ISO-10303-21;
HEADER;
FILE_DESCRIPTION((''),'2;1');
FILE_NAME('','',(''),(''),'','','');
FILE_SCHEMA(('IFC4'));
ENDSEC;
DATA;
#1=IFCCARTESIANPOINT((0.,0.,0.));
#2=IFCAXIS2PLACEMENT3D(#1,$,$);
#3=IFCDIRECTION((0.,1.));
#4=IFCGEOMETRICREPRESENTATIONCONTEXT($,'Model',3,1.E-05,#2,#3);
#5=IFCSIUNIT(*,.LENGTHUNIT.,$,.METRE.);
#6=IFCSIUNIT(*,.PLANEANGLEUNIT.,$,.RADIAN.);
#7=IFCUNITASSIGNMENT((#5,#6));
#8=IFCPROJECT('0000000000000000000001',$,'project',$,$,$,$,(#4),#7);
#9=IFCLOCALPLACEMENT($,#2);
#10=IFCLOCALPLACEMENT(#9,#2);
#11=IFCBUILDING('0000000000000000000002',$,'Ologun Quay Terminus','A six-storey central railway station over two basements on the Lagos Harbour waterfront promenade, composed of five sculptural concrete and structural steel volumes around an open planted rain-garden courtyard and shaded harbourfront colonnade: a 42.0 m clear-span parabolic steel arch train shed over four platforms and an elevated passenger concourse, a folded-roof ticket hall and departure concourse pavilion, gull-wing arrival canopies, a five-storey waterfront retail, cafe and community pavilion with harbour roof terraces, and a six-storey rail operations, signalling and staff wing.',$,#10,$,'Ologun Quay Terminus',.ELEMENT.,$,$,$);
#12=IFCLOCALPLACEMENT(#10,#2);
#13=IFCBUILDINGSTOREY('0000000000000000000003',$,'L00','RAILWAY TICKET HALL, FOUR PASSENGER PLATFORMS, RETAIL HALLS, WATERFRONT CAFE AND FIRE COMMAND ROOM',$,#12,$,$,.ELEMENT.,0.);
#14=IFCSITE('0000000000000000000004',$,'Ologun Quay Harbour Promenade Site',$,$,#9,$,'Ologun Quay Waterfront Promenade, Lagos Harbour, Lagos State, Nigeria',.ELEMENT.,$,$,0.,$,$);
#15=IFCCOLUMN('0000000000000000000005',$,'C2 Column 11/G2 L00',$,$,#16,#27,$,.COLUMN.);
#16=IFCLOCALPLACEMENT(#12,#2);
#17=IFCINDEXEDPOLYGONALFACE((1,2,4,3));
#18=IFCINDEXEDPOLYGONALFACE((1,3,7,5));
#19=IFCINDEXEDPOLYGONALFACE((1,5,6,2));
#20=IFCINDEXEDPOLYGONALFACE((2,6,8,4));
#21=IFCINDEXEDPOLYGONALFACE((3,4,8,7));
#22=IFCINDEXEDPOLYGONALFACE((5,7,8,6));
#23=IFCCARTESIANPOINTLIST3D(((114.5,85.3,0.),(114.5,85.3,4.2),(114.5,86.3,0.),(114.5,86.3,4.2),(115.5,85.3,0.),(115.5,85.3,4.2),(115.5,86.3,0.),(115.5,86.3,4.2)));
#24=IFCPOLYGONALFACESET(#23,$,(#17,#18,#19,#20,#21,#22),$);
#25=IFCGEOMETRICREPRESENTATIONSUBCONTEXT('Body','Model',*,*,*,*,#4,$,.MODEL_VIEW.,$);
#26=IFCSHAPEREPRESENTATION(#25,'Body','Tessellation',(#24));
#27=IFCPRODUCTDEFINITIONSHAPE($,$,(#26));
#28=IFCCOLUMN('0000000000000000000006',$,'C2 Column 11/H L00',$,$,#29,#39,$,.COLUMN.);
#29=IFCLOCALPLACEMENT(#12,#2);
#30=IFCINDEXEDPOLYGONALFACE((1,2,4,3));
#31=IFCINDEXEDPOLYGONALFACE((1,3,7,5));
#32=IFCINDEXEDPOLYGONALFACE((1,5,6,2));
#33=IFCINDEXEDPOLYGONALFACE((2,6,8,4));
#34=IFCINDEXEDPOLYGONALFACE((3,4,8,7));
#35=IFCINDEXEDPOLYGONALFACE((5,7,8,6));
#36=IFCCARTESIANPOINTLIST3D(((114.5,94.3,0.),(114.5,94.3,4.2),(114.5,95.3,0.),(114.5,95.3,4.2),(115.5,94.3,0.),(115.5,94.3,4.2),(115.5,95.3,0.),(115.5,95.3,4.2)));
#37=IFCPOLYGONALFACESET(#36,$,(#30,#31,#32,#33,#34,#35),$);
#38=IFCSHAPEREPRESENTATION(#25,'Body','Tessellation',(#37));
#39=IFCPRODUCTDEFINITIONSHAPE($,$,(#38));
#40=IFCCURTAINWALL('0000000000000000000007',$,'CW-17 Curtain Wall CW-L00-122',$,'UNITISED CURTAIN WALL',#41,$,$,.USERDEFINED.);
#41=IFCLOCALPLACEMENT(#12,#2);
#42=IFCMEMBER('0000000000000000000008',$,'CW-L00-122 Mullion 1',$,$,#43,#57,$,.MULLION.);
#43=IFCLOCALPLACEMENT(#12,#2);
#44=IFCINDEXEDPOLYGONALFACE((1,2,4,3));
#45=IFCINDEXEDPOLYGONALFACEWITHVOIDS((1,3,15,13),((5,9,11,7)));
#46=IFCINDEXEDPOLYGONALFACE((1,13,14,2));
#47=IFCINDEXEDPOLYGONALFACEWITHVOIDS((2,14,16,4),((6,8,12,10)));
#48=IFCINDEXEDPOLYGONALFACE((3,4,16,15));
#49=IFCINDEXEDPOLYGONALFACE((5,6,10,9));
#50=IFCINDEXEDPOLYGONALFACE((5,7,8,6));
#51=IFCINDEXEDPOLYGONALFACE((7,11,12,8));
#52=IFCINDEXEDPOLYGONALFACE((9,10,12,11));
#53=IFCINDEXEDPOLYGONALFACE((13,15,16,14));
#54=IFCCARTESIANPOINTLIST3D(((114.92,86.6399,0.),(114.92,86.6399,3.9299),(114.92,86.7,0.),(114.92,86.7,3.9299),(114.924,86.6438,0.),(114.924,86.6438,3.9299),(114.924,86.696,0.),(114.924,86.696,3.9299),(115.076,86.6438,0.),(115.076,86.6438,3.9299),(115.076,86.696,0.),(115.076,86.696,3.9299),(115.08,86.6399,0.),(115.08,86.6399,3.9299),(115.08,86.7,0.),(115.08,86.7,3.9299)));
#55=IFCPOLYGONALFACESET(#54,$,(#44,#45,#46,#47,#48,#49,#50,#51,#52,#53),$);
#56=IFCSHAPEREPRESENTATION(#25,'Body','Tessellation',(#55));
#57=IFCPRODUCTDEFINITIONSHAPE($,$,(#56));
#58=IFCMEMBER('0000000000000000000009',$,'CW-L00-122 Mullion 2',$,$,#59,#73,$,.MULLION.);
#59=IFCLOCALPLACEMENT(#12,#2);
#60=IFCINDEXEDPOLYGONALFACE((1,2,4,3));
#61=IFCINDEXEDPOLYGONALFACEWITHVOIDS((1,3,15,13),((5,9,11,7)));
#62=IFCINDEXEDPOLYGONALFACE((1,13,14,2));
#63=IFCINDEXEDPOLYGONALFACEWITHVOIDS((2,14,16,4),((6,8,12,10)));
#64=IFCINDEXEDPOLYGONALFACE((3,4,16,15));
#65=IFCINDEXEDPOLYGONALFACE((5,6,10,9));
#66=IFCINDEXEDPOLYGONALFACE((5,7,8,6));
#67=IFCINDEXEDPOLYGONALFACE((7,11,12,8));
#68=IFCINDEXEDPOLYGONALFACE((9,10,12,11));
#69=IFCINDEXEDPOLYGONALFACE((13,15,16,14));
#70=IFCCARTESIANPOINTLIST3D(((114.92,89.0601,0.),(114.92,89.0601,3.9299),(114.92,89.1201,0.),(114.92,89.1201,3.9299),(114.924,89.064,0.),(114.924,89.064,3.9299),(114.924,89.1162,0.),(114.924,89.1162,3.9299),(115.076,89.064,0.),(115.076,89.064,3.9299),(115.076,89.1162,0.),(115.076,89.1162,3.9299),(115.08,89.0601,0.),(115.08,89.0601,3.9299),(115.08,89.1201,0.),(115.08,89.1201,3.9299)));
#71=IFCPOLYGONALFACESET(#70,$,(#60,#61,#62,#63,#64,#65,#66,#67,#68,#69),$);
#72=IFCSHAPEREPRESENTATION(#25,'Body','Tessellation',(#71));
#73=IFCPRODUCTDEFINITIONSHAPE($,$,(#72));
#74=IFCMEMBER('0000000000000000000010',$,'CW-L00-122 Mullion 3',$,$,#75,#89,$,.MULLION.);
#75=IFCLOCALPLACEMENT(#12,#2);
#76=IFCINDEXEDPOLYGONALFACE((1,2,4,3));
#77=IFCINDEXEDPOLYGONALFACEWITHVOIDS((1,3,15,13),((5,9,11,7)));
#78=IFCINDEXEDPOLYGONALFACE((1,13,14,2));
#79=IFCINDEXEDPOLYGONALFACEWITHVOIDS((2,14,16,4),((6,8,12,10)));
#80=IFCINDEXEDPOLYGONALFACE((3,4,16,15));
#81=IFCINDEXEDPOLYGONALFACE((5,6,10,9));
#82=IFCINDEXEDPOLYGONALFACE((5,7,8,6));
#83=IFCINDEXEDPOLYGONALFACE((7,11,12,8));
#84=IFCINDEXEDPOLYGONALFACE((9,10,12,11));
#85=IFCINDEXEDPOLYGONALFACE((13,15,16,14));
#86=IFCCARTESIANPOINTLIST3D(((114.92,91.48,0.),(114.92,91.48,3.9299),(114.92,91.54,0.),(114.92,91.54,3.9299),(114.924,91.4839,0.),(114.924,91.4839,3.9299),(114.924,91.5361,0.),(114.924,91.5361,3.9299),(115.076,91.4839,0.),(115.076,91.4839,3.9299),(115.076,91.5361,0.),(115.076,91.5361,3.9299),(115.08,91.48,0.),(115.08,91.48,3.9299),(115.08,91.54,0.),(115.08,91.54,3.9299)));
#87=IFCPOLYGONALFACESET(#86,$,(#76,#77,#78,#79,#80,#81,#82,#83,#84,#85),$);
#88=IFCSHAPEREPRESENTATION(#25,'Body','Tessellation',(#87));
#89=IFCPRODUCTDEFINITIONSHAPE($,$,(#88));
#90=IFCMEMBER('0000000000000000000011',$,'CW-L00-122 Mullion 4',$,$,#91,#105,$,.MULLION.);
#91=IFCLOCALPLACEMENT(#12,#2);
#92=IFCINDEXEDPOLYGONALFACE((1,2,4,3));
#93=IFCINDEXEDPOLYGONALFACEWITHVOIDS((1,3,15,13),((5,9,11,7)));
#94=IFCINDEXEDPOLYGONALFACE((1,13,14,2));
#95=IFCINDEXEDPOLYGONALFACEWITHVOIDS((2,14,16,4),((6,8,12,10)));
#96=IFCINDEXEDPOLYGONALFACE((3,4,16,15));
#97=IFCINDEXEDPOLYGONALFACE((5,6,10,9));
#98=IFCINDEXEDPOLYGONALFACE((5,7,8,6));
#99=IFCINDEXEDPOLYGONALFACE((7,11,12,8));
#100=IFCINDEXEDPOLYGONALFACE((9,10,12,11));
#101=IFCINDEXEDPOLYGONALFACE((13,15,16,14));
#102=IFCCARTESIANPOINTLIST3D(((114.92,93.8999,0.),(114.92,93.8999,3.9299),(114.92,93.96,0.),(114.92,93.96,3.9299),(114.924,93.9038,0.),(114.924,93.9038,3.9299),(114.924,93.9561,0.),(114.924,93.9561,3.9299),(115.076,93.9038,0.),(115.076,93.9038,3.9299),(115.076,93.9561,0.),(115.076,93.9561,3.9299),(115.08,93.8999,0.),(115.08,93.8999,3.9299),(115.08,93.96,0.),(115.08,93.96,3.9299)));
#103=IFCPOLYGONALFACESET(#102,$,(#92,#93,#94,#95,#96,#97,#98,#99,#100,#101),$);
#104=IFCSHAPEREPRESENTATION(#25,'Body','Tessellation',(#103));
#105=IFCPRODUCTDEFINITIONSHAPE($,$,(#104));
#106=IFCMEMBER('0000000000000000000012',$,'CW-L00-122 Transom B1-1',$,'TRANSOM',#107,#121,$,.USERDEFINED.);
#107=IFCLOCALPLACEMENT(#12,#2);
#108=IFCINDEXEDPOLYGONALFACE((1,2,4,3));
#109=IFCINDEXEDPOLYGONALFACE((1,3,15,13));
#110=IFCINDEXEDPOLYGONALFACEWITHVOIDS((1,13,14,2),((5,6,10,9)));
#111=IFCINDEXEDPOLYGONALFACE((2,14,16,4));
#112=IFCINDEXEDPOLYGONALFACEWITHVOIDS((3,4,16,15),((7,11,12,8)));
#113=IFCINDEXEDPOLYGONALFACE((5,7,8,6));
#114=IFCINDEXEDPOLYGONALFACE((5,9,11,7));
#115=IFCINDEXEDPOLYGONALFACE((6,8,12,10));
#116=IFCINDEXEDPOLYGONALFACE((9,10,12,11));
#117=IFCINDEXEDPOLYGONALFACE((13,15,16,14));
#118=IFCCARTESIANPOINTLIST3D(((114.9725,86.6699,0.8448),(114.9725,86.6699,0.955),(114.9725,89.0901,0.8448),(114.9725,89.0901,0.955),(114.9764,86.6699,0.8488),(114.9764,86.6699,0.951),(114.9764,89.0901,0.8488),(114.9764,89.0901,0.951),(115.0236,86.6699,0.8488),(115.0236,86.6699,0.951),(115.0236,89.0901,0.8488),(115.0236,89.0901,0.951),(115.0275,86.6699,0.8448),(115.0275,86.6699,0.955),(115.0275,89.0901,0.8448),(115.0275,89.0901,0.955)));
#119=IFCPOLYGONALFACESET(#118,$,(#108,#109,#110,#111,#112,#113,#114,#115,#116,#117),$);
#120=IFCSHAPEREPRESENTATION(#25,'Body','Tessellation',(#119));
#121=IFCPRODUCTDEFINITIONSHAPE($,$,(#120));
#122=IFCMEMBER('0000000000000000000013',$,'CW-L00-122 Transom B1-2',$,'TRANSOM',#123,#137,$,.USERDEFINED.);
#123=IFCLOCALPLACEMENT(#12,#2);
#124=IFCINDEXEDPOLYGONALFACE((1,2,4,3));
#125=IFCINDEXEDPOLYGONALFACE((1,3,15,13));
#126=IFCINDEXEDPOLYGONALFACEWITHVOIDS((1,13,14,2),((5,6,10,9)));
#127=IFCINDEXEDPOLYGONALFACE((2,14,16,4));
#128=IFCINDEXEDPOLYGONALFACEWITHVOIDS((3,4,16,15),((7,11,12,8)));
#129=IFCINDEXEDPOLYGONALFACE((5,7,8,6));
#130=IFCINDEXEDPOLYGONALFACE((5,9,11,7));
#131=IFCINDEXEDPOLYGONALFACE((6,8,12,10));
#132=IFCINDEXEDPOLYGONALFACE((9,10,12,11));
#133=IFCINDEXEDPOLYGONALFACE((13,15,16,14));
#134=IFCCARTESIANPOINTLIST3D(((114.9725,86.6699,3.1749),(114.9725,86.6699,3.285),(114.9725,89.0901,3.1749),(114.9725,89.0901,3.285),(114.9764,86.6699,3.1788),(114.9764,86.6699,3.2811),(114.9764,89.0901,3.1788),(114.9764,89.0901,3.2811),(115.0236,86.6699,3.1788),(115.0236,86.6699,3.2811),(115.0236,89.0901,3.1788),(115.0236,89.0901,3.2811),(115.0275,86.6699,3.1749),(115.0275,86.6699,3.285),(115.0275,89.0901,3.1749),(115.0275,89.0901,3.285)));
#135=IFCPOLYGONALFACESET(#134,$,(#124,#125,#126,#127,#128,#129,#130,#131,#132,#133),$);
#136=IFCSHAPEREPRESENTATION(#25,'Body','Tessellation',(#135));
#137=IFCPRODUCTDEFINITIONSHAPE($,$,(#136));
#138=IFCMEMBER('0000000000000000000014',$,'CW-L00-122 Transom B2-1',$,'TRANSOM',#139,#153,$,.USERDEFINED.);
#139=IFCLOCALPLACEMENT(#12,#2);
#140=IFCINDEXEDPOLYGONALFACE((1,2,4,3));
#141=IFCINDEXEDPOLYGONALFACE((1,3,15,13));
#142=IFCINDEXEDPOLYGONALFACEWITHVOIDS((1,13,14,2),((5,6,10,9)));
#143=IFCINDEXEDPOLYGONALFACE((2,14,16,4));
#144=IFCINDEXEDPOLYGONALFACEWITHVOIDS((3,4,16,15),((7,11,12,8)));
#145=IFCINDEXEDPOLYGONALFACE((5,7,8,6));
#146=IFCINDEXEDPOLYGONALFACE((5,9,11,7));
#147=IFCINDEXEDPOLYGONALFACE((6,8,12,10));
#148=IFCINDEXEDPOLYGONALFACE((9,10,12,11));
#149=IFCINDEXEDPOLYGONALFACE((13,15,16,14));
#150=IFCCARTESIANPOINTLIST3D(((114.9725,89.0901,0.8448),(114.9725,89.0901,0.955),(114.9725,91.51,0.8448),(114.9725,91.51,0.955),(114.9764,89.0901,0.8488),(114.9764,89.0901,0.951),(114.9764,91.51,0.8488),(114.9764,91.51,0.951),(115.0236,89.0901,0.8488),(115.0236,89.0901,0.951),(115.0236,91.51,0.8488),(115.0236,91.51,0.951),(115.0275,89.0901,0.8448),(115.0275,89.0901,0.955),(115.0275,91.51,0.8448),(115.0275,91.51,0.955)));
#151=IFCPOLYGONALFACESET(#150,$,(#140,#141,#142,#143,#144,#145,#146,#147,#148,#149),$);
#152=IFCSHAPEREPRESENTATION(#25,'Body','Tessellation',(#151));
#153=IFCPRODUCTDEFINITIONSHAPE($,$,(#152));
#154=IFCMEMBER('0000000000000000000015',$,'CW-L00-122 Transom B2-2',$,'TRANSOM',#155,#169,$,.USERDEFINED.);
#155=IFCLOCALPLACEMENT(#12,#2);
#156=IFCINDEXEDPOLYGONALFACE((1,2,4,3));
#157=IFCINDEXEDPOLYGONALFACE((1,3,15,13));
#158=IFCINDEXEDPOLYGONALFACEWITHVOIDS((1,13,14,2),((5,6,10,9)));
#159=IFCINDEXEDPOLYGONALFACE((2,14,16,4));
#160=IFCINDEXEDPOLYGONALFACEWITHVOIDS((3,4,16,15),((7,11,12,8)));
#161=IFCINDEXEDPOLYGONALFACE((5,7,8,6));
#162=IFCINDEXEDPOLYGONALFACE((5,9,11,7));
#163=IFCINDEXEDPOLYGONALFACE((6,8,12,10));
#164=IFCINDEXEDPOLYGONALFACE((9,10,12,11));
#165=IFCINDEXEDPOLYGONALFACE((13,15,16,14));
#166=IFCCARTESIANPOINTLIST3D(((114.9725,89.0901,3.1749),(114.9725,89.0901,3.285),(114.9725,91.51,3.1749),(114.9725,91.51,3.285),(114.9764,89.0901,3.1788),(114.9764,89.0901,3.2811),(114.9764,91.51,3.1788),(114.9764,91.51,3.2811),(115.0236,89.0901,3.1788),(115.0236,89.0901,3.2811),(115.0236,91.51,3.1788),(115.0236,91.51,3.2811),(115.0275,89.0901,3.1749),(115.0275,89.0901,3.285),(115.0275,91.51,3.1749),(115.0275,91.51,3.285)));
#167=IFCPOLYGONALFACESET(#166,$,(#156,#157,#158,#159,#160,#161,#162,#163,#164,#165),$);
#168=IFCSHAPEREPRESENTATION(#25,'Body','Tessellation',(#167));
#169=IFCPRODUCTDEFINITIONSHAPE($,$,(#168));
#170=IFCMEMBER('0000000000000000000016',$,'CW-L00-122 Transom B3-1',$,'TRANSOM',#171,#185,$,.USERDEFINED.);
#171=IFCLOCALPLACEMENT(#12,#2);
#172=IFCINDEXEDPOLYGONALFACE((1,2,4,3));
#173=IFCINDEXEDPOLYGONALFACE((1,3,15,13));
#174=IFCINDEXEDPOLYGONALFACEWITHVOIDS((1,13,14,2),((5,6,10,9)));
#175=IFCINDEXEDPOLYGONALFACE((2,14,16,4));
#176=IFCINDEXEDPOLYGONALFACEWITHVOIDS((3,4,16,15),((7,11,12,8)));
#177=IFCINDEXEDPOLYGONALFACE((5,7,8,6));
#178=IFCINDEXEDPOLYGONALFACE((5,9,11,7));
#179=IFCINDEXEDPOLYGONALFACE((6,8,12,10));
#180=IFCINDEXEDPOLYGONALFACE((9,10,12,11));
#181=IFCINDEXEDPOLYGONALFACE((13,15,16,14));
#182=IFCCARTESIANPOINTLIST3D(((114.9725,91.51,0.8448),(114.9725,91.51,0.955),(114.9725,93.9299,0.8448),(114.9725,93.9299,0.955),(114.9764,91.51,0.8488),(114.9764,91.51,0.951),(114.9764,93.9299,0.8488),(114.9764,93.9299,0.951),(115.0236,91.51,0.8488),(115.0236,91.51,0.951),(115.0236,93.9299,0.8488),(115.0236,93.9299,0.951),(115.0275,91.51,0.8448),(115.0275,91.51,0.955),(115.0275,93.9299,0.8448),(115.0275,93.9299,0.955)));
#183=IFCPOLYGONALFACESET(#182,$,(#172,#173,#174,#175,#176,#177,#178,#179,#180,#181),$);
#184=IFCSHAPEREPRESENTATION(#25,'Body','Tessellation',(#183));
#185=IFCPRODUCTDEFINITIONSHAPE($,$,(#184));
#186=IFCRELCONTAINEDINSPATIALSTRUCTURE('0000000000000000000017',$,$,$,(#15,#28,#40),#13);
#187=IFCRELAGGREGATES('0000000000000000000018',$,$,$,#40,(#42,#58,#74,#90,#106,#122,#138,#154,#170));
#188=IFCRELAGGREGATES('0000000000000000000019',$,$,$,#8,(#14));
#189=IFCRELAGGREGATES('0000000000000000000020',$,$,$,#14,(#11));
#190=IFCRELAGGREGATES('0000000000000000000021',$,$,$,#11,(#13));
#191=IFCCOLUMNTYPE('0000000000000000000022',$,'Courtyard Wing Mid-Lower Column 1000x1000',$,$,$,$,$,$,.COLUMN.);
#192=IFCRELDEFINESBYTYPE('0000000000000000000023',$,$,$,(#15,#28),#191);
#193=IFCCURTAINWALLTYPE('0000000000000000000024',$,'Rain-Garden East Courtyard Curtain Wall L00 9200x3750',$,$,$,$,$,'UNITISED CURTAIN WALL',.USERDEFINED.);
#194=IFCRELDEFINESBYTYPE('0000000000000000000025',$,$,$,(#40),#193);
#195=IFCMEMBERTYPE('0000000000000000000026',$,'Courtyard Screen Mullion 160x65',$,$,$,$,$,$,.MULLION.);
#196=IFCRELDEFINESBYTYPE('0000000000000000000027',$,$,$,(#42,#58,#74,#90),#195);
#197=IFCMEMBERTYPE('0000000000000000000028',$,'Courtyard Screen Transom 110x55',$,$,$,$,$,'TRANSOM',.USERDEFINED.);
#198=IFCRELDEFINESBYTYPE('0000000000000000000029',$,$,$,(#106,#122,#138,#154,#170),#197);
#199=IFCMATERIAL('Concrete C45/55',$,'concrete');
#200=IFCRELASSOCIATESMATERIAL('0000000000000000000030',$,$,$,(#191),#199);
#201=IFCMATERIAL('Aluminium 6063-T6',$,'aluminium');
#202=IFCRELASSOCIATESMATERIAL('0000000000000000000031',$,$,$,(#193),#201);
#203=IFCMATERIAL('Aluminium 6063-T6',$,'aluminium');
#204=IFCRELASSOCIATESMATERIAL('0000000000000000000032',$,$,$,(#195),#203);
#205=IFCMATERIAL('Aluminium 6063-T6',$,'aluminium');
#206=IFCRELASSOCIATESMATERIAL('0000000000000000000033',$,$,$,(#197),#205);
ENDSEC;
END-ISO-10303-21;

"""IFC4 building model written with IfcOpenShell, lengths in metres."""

from ifc_helpers import new_model, si_unit, direction, frame, origin, origin_2d, place, context, subcontext, project, spatial, rectangle, hollow_rectangle, extrude, material, material_profile, profile_set, type_object, element, aggregate, save


model = new_model("IFC4")

# Units and contexts
model_context = context("Model", 3, precision=1e-05, world=origin(), true_north=direction((0.0, 1.0)))
body_context = subcontext(model_context, "Body", "Model", "MODEL_VIEW")
ifc_project = project(units=[si_unit("LENGTHUNIT", "METRE"), si_unit("PLANEANGLEUNIT", "RADIAN")], contexts=[model_context])

# Site, building, storey
site_placement = place(None, origin())
site = spatial("IfcSite", under=ifc_project, at=site_placement, Name="Ologun Quay Harbour Promenade Site", LongName="Ologun Quay Waterfront Promenade, Lagos Harbour, Lagos State, Nigeria", CompositionType="ELEMENT", RefElevation=0.0)
building_placement = place(site_placement, origin())
building = spatial("IfcBuilding", under=site, at=building_placement, Name="Ologun Quay Terminus", Description="A six-storey central railway station over two basements on the Lagos Harbour waterfront promenade, composed of five sculptural concrete and structural steel volumes around an open planted rain-garden courtyard and shaded harbourfront colonnade: a 42.0 m clear-span parabolic steel arch train shed over four platforms and an elevated passenger concourse, a folded-roof ticket hall and departure concourse pavilion, gull-wing arrival canopies, a five-storey waterfront retail, cafe and community pavilion with harbour roof terraces, and a six-storey rail operations, signalling and staff wing.", LongName="Ologun Quay Terminus", CompositionType="ELEMENT")
storey_placement = place(building_placement, origin())
storey = spatial("IfcBuildingStorey", under=building, at=storey_placement, Name="L00", Description="RAILWAY TICKET HALL, FOUR PASSENGER PLATFORMS, RETAIL HALLS, WATERFRONT CAFE AND FIRE COMMAND ROOM", CompositionType="ELEMENT", Elevation=0.0)

# Columns
ifc_material_1 = material(Name="Concrete C45/55", Category="concrete")
ifc_material_profile_1 = material_profile(ifc_material_1, rectangle(XDim=1.0, YDim=1.0, at=origin_2d()), Name="RC 1000x1000")
ifc_profile_set_1 = profile_set([ifc_material_profile_1], Name="Concrete C45/55")
column_type = type_object("IfcColumnType", Name="Courtyard Wing Mid-Lower Column 1000x1000", PredefinedType="COLUMN", material=ifc_profile_set_1)
for number, where, z_axis, x_axis, name in (
    (1, (115.0, 85.8, 0.0), (0.0, 0.0, 1.0), (1.0, 0.0, 0.0), "C2 Column 11/G2 L00"),
    (2, (115.0, 94.8, 0.0), (0.0, 0.0, 1.0), (1.0, 0.0, 0.0), "C2 Column 11/H L00"),
):
    element("IfcColumn", number, at=place(storey_placement, frame(where, z_axis=z_axis, x_axis=x_axis)), inside=storey, type_object=column_type, Name=name, PredefinedType="COLUMN", context=body_context, shape_type="SweptSolid", body=[
        extrude(rectangle(XDim=1.0, YDim=1.0, at=origin_2d()), origin(), (0.0, 0.0, 1.0), 4.2),
    ])

# Curtain wall, members
ifc_material_2 = material(Name="Aluminium 6063-T6", Category="aluminium")
curtain_wall_type = type_object("IfcCurtainWallType", Name="Rain-Garden East Courtyard Curtain Wall L00 9200x3750", ElementType="UNITISED CURTAIN WALL", PredefinedType="USERDEFINED", material=ifc_material_2)
curtain_wall_placement = place(storey_placement, origin())
curtain_wall = element("IfcCurtainWall", 3, at=curtain_wall_placement, inside=storey, type_object=curtain_wall_type, Name="CW-17 Curtain Wall CW-L00-122", ObjectType="UNITISED CURTAIN WALL", PredefinedType="USERDEFINED")
ifc_material_3 = material(Name="Aluminium 6063-T6", Category="aluminium")
ifc_material_profile_2 = material_profile(ifc_material_3, hollow_rectangle(XDim=0.0601, YDim=0.1599, WallThickness=0.0039, at=origin_2d()), Name="ALU 160x60x4")
ifc_profile_set_2 = profile_set([ifc_material_profile_2], Name="Aluminium 6063-T6")
member_type_1 = type_object("IfcMemberType", Name="Courtyard Screen Mullion 160x65", PredefinedType="MULLION", material=ifc_profile_set_2)
member_1_placement = place(storey_placement, frame((115.0, 86.6699, 0.0), z_axis=(0.0, 0.0, 1.0), x_axis=(0.0, 1.0, 0.0)))
member_1 = element("IfcMember", 4, at=member_1_placement, type_object=member_type_1, Name="CW-L00-122 Mullion 1", PredefinedType="MULLION", context=body_context, shape_type="SweptSolid", body=[
    extrude(hollow_rectangle(XDim=0.0601, YDim=0.1599, WallThickness=0.0039, at=origin_2d()), origin(), (0.0, 0.0, 1.0), 3.9299),
])
member_2_placement = place(storey_placement, frame((115.0, 89.0901, 0.0), z_axis=(0.0, 0.0, 1.0), x_axis=(0.0, 1.0, 0.0)))
member_2 = element("IfcMember", 5, at=member_2_placement, type_object=member_type_1, Name="CW-L00-122 Mullion 2", PredefinedType="MULLION", context=body_context, shape_type="SweptSolid", body=[
    extrude(hollow_rectangle(XDim=0.0601, YDim=0.1599, WallThickness=0.0039, at=origin_2d()), origin(), (0.0, 0.0, 1.0), 3.9299),
])
member_3_placement = place(storey_placement, frame((115.0, 91.51, 0.0), z_axis=(0.0, 0.0, 1.0), x_axis=(0.0, 1.0, 0.0)))
member_3 = element("IfcMember", 6, at=member_3_placement, type_object=member_type_1, Name="CW-L00-122 Mullion 3", PredefinedType="MULLION", context=body_context, shape_type="SweptSolid", body=[
    extrude(hollow_rectangle(XDim=0.0601, YDim=0.1599, WallThickness=0.0039, at=origin_2d()), origin(), (0.0, 0.0, 1.0), 3.9299),
])
member_4_placement = place(storey_placement, frame((115.0, 93.9299, 0.0), z_axis=(0.0, 0.0, 1.0), x_axis=(0.0, 1.0, 0.0)))
member_4 = element("IfcMember", 7, at=member_4_placement, type_object=member_type_1, Name="CW-L00-122 Mullion 4", PredefinedType="MULLION", context=body_context, shape_type="SweptSolid", body=[
    extrude(hollow_rectangle(XDim=0.0601, YDim=0.1599, WallThickness=0.0039, at=origin_2d()), origin(), (0.0, 0.0, 1.0), 3.9299),
])
ifc_material_4 = material(Name="Aluminium 6063-T6", Category="aluminium")
ifc_material_profile_3 = material_profile(ifc_material_4, hollow_rectangle(XDim=0.0549, YDim=0.1101, WallThickness=0.0039, at=origin_2d()), Name="ALU 110x55x4")
ifc_profile_set_3 = profile_set([ifc_material_profile_3], Name="Aluminium 6063-T6")
member_type_2 = type_object("IfcMemberType", Name="Courtyard Screen Transom 110x55", ElementType="TRANSOM", PredefinedType="USERDEFINED", material=ifc_profile_set_3)
member_5_placement = place(storey_placement, frame((115.0, 86.6699, 0.8999), z_axis=(0.0, 1.0, 0.0), x_axis=(-1.0, 0.0, 0.0)))
member_5 = element("IfcMember", 8, at=member_5_placement, type_object=member_type_2, Name="CW-L00-122 Transom B1-1", ObjectType="TRANSOM", PredefinedType="USERDEFINED", context=body_context, shape_type="SweptSolid", body=[
    extrude(hollow_rectangle(XDim=0.0549, YDim=0.1101, WallThickness=0.0039, at=origin_2d()), origin(), (0.0, 0.0, 1.0), 2.4202),
])
member_6_placement = place(storey_placement, frame((115.0, 86.6699, 3.23), z_axis=(0.0, 1.0, 0.0), x_axis=(-1.0, 0.0, 0.0)))
member_6 = element("IfcMember", 9, at=member_6_placement, type_object=member_type_2, Name="CW-L00-122 Transom B1-2", ObjectType="TRANSOM", PredefinedType="USERDEFINED", context=body_context, shape_type="SweptSolid", body=[
    extrude(hollow_rectangle(XDim=0.0549, YDim=0.1101, WallThickness=0.0039, at=origin_2d()), origin(), (0.0, 0.0, 1.0), 2.4202),
])
member_7_placement = place(storey_placement, frame((115.0, 89.0901, 0.8999), z_axis=(0.0, 1.0, 0.0), x_axis=(-1.0, 0.0, 0.0)))
member_7 = element("IfcMember", 10, at=member_7_placement, type_object=member_type_2, Name="CW-L00-122 Transom B2-1", ObjectType="TRANSOM", PredefinedType="USERDEFINED", context=body_context, shape_type="SweptSolid", body=[
    extrude(hollow_rectangle(XDim=0.0549, YDim=0.1101, WallThickness=0.0039, at=origin_2d()), origin(), (0.0, 0.0, 1.0), 2.4199),
])
member_8_placement = place(storey_placement, frame((115.0, 89.0901, 3.23), z_axis=(0.0, 1.0, 0.0), x_axis=(-1.0, 0.0, 0.0)))
member_8 = element("IfcMember", 11, at=member_8_placement, type_object=member_type_2, Name="CW-L00-122 Transom B2-2", ObjectType="TRANSOM", PredefinedType="USERDEFINED", context=body_context, shape_type="SweptSolid", body=[
    extrude(hollow_rectangle(XDim=0.0549, YDim=0.1101, WallThickness=0.0039, at=origin_2d()), origin(), (0.0, 0.0, 1.0), 2.4199),
])
member_9_placement = place(storey_placement, frame((115.0, 91.51, 0.8999), z_axis=(0.0, 1.0, 0.0), x_axis=(-1.0, 0.0, 0.0)))
member_9 = element("IfcMember", 12, at=member_9_placement, type_object=member_type_2, Name="CW-L00-122 Transom B3-1", ObjectType="TRANSOM", PredefinedType="USERDEFINED", context=body_context, shape_type="SweptSolid", body=[
    extrude(hollow_rectangle(XDim=0.0549, YDim=0.1101, WallThickness=0.0039, at=origin_2d()), origin(), (0.0, 0.0, 1.0), 2.4199),
])

aggregate(curtain_wall, [member_1, member_2, member_3, member_4, member_5, member_6, member_7, member_8, member_9])

save(model, "model.ifc")
